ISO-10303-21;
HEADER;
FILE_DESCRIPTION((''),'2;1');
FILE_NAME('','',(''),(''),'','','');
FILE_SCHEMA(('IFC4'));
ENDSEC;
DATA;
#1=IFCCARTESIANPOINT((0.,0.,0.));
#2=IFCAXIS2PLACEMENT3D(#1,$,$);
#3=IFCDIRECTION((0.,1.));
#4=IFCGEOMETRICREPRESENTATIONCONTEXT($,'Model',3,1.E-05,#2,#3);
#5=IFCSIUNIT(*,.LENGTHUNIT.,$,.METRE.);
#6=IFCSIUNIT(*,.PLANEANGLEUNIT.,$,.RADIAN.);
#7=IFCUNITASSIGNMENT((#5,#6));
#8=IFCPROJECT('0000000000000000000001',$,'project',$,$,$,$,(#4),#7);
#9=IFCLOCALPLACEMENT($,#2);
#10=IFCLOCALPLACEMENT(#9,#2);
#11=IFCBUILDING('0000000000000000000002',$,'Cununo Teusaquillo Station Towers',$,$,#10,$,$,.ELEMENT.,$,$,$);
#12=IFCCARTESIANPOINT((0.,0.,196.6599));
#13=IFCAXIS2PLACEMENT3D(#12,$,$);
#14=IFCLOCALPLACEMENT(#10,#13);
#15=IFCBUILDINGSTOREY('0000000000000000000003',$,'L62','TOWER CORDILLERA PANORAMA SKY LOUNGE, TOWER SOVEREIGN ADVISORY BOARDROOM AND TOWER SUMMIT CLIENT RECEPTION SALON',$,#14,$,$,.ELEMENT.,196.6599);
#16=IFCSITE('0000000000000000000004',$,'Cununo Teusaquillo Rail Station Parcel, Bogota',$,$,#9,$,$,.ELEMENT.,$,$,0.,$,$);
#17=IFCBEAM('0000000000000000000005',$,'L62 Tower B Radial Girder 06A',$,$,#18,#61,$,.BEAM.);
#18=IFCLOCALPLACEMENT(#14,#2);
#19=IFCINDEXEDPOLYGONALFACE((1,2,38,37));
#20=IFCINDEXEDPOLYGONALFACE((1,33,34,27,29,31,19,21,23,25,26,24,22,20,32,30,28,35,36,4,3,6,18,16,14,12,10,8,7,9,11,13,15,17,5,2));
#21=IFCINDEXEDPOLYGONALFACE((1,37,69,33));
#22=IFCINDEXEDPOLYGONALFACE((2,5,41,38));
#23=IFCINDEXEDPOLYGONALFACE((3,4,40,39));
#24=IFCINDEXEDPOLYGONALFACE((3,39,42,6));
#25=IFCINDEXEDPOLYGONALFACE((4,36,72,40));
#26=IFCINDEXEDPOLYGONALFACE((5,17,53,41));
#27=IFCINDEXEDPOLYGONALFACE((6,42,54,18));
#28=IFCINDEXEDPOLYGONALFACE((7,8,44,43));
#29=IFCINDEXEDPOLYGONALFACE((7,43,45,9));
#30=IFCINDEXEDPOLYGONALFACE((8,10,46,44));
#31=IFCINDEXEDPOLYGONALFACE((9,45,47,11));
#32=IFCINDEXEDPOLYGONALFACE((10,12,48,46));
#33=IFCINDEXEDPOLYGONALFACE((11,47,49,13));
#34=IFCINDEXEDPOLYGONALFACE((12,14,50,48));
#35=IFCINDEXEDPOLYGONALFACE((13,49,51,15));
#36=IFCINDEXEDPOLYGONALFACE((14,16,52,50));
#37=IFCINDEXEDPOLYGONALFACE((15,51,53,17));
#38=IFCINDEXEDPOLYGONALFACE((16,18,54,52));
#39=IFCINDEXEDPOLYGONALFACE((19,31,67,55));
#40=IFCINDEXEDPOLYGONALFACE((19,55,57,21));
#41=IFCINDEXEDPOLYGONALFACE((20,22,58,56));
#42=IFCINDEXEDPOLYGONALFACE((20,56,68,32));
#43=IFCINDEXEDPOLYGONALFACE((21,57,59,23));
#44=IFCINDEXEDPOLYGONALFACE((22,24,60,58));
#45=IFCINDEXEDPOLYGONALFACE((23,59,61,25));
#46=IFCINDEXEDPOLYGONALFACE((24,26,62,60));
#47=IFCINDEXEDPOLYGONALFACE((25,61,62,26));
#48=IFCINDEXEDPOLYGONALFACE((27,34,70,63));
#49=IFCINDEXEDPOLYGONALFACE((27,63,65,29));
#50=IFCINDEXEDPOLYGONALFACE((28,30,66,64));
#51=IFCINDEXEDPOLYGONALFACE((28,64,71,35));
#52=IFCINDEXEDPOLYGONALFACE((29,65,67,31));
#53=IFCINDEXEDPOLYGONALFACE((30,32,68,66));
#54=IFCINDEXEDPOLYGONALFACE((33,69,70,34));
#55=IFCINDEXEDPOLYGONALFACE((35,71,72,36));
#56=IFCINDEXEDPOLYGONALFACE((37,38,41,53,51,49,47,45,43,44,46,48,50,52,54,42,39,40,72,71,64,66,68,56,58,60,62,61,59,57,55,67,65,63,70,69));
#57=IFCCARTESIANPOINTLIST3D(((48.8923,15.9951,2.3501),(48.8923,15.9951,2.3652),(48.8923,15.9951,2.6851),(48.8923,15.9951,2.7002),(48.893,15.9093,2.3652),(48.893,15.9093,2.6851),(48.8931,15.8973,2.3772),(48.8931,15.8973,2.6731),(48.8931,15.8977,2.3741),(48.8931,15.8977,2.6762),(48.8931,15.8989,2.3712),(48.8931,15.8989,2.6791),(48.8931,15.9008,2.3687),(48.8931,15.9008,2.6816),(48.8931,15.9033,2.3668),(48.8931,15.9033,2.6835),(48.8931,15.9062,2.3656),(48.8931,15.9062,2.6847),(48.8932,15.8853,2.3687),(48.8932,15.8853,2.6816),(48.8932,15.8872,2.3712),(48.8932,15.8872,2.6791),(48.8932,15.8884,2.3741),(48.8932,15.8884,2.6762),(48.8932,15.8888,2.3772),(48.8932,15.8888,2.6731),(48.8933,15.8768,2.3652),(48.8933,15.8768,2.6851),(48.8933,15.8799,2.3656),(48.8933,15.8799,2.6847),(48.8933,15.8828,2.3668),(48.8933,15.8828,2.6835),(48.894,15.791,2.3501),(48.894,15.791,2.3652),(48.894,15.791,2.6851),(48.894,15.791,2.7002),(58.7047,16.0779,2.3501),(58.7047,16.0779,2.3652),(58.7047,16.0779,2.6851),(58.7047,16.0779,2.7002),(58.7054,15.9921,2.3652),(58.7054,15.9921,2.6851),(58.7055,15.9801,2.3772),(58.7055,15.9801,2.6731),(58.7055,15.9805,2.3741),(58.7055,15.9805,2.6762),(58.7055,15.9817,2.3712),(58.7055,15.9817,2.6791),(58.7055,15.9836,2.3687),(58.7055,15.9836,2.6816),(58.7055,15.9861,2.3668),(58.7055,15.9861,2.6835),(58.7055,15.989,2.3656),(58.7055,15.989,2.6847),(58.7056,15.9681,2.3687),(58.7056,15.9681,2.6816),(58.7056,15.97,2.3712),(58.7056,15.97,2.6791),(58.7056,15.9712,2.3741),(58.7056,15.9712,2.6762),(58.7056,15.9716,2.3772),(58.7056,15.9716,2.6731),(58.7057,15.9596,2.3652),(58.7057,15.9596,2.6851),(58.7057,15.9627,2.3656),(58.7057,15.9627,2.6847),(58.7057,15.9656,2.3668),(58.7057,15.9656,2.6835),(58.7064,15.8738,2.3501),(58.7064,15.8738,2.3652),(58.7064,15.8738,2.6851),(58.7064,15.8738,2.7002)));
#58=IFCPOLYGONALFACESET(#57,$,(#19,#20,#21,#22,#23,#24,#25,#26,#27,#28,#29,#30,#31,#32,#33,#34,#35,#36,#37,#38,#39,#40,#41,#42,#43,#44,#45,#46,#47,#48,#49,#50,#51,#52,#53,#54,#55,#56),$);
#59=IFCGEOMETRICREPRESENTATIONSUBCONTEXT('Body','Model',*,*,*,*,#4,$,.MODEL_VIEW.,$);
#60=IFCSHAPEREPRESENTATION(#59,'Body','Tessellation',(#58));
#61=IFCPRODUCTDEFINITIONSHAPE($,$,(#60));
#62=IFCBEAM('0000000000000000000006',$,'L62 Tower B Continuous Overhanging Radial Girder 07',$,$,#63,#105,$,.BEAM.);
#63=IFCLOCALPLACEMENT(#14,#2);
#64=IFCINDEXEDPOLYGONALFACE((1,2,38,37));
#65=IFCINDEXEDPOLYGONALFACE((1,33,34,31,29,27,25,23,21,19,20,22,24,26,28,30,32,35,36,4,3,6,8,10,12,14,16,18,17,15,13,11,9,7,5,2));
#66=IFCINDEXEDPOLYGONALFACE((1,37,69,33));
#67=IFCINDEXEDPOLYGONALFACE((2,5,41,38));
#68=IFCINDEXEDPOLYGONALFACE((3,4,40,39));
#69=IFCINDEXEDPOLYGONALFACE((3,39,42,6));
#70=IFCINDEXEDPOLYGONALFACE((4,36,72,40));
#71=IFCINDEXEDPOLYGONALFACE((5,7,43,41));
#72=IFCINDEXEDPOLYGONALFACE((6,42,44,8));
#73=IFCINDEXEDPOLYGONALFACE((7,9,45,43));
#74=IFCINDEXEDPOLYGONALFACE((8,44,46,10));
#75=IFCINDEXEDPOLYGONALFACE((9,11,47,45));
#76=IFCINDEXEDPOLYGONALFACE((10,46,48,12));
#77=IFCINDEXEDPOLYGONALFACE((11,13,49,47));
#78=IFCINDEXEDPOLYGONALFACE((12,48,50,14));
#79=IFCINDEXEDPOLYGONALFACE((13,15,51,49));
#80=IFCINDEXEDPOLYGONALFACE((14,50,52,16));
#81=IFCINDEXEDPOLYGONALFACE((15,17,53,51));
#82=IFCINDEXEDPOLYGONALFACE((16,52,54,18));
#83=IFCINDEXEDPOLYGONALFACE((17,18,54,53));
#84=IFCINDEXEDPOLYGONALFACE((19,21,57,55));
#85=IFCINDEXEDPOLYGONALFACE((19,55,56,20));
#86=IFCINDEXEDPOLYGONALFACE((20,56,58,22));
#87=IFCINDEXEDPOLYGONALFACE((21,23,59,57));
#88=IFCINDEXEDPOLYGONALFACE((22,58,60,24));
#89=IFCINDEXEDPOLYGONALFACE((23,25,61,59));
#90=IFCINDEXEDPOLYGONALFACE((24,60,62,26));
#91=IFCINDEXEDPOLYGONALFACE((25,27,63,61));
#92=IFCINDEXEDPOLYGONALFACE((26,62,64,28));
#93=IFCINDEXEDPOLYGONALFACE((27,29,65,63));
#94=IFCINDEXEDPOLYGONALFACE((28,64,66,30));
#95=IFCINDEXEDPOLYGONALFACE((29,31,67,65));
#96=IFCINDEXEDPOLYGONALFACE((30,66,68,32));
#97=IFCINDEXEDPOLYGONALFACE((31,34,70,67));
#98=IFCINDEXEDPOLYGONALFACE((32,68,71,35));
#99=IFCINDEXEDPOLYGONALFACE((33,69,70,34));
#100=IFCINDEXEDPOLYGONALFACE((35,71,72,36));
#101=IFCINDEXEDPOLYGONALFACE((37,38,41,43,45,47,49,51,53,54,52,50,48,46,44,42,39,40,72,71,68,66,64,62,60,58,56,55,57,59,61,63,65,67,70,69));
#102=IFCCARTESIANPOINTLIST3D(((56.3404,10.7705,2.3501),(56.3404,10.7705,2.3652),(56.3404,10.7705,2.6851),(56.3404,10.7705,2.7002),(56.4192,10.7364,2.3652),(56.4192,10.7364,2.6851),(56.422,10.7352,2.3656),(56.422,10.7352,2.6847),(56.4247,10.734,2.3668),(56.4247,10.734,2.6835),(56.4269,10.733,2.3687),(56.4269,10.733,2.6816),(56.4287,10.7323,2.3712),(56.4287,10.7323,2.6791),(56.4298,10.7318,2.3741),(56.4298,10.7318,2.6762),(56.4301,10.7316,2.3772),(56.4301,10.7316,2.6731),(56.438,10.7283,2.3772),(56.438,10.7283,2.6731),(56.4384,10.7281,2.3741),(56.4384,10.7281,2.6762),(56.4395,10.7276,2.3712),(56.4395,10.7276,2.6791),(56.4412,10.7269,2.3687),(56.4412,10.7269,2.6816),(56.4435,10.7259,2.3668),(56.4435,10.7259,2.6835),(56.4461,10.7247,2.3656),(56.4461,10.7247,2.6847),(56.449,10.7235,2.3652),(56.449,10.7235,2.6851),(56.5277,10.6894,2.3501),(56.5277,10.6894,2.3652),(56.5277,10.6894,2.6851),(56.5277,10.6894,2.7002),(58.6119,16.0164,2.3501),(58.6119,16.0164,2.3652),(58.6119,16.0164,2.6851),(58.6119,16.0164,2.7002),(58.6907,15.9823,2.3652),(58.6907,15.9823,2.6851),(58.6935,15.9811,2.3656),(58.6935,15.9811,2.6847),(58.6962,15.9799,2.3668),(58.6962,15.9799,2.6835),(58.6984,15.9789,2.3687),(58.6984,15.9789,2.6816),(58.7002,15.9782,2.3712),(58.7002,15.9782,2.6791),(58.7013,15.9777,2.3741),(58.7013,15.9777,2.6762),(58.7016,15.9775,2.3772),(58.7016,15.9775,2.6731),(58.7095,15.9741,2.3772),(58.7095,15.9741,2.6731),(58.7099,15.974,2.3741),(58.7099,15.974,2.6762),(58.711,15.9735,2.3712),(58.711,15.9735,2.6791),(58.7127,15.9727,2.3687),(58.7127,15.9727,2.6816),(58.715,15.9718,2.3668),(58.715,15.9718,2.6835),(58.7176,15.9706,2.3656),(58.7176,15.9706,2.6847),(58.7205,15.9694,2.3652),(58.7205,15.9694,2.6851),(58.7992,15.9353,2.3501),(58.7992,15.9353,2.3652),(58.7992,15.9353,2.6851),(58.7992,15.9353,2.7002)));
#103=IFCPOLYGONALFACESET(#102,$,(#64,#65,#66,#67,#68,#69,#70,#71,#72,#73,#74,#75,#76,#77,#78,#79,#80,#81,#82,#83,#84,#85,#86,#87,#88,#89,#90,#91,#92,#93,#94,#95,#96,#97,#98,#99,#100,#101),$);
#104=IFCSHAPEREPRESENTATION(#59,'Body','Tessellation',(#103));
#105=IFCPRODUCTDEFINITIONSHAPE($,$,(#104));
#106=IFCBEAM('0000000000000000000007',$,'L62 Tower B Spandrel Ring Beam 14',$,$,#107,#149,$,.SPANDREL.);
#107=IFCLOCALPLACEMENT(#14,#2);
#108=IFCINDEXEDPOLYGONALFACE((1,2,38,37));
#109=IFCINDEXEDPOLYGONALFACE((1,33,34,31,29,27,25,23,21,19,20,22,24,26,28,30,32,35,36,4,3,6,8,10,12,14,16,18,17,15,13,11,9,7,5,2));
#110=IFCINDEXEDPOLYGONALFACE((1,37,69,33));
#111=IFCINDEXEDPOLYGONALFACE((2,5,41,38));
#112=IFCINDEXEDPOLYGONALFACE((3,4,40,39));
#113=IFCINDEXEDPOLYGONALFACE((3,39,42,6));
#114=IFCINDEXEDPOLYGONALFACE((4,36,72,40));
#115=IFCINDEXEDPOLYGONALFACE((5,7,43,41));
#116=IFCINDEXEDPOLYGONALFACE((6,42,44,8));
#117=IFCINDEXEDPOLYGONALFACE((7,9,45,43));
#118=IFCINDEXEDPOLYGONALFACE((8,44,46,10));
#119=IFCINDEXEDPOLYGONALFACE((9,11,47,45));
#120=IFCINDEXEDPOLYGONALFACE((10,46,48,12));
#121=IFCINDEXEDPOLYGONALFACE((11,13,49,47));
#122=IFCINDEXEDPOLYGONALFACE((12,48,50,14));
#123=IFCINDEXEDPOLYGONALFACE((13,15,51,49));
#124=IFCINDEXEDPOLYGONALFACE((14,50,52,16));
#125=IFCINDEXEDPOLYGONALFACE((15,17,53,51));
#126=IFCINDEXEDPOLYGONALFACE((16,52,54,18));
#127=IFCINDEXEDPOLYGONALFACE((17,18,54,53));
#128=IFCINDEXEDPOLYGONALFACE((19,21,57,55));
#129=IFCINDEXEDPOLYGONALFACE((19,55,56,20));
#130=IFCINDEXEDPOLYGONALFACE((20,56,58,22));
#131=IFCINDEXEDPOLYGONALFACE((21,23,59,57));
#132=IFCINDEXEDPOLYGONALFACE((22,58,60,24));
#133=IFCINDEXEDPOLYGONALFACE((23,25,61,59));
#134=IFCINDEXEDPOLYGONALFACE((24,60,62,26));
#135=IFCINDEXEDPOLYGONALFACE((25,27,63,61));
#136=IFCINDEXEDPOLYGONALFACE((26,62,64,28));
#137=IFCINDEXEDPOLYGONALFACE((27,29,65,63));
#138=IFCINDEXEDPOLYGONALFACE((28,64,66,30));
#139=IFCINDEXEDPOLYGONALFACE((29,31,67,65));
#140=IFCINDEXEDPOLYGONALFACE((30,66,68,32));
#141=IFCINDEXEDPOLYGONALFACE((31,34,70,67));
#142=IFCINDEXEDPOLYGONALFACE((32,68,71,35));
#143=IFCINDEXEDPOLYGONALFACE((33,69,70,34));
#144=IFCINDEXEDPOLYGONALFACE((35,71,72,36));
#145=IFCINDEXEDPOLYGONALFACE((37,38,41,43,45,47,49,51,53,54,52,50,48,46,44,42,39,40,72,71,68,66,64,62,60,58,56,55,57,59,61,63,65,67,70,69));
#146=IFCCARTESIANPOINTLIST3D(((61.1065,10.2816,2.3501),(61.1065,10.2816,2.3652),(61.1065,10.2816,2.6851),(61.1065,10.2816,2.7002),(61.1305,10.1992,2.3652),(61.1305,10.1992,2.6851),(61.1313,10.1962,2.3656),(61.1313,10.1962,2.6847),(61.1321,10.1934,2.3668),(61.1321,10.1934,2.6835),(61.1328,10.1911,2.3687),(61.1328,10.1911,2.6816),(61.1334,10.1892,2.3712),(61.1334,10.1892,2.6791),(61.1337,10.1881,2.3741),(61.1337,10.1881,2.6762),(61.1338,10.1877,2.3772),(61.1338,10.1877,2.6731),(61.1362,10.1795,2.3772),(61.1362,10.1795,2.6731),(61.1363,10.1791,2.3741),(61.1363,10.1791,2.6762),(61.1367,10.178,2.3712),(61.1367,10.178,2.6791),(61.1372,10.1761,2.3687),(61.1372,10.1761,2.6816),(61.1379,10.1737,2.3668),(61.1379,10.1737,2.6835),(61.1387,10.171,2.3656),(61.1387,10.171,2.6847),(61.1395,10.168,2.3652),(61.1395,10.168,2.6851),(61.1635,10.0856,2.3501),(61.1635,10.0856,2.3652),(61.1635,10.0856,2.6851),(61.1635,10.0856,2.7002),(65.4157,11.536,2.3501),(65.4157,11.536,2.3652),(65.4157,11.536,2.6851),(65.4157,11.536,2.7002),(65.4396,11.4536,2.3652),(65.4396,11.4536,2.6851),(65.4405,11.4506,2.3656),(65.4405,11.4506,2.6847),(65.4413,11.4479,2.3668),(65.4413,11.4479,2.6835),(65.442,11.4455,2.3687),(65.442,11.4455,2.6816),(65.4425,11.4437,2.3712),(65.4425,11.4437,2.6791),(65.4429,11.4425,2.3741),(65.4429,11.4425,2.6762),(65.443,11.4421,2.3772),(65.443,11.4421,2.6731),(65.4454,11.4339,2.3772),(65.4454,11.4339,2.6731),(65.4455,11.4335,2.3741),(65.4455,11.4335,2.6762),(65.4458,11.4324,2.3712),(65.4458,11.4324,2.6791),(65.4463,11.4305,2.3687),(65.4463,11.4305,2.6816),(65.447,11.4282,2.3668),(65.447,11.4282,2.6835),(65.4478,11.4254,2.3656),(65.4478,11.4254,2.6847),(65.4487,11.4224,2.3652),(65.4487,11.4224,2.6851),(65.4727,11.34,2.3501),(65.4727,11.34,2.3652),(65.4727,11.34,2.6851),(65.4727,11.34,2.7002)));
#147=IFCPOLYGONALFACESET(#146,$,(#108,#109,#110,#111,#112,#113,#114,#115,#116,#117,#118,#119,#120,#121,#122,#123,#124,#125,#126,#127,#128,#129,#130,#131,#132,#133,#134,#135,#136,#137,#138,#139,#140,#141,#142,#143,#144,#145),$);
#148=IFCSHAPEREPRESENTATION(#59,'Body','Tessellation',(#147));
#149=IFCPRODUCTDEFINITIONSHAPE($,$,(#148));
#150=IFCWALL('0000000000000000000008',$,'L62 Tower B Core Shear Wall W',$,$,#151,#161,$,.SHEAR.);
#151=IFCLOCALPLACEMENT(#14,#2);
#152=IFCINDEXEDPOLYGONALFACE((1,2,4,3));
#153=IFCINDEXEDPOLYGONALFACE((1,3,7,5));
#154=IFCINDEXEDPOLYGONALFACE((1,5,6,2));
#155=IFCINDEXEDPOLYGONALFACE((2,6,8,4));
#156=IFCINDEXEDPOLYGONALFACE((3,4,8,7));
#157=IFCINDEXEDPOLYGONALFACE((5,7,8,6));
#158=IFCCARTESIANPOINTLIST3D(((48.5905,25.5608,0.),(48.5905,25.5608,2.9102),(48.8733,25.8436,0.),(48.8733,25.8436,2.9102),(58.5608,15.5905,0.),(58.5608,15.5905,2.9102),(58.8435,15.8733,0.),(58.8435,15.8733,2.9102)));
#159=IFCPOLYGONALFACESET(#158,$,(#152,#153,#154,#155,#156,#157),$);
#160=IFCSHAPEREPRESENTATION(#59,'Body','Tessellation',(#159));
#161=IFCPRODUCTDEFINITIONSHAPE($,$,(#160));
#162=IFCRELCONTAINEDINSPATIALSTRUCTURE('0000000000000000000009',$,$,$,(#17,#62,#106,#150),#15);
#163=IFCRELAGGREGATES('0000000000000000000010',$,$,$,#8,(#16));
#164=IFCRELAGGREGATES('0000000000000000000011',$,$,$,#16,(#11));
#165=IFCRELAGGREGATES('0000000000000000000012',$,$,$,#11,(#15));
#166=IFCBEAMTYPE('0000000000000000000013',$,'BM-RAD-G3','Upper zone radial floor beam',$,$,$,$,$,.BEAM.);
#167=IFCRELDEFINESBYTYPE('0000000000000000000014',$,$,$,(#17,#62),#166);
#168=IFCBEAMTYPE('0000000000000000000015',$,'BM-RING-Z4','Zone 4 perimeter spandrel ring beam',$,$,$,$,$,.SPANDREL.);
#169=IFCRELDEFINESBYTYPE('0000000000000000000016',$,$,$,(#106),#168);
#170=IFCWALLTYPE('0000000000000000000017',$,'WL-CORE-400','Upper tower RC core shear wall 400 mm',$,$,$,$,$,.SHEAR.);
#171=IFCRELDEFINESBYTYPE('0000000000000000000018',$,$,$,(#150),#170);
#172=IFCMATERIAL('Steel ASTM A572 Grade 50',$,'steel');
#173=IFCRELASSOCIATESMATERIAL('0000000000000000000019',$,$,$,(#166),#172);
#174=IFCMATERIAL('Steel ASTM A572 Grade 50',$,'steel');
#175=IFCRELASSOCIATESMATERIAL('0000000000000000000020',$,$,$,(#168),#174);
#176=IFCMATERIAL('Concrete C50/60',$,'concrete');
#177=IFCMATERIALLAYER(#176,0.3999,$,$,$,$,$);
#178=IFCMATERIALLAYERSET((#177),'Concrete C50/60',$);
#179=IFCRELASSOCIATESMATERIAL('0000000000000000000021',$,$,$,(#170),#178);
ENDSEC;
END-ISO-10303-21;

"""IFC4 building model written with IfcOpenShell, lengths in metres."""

from ifc_helpers import new_model, si_unit, direction, frame, frame_2d, origin, origin_2d, place, context, subcontext, project, spatial, rectangle, i_section, extrude, material, layer, layer_set, material_profile, profile_set, type_object, element, save


model = new_model("IFC4")

# Units and contexts
model_context = context("Model", 3, precision=1e-05, world=origin(), true_north=direction((0.0, 1.0)))
body_context = subcontext(model_context, "Body", "Model", "MODEL_VIEW")
ifc_project = project(units=[si_unit("LENGTHUNIT", "METRE"), si_unit("PLANEANGLEUNIT", "RADIAN")], contexts=[model_context])

# Site, building, storey
site_placement = place(None, origin())
site = spatial("IfcSite", under=ifc_project, at=site_placement, Name="Cununo Teusaquillo Rail Station Parcel, Bogota", CompositionType="ELEMENT", RefElevation=0.0)
building_placement = place(site_placement, origin())
building = spatial("IfcBuilding", under=site, at=building_placement, Name="Cununo Teusaquillo Station Towers", CompositionType="ELEMENT")
storey_placement = place(building_placement, frame((0.0, 0.0, 196.6599)))
storey = spatial("IfcBuildingStorey", under=building, at=storey_placement, Name="L62", Description="TOWER CORDILLERA PANORAMA SKY LOUNGE, TOWER SOVEREIGN ADVISORY BOARDROOM AND TOWER SUMMIT CLIENT RECEPTION SALON", CompositionType="ELEMENT", Elevation=196.6599)

# Beams
ifc_material_1 = material(Name="Steel ASTM A572 Grade 50", Category="steel")
ifc_material_profile_1 = material_profile(ifc_material_1, i_section(OverallWidth=0.2041, OverallDepth=0.3501, WebThickness=0.0085, FlangeThickness=0.0151, FilletRadius=0.012, at=origin_2d()), Name="W14X48")
ifc_profile_set_1 = profile_set([ifc_material_profile_1], Name="Steel ASTM A572 Grade 50")
beam_type_1 = type_object("IfcBeamType", Name="BM-RAD-G3", Description="Upper zone radial floor beam", PredefinedType="BEAM", material=ifc_profile_set_1)
beam_1_placement = place(storey_placement, frame((58.7056, 15.9758, 2.5251), z_axis=(-0.999964, -0.008434, 0.0), x_axis=(0.008434, -0.999964, 0.0)))
element("IfcBeam", 1, at=beam_1_placement, inside=storey, type_object=beam_type_1, Name="L62 Tower B Radial Girder 06A", PredefinedType="BEAM", context=body_context, shape_type="SweptSolid", body=[
    extrude(i_section(OverallWidth=0.2041, OverallDepth=0.3501, WebThickness=0.0085, FlangeThickness=0.0151, FilletRadius=0.012, at=origin_2d()), origin(), (0.0, 0.0, 1.0), 9.8127),
])
beam_2_placement = place(storey_placement, frame((58.7056, 15.9758, 2.5251), z_axis=(-0.397355, -0.917665, 0.0), x_axis=(0.917665, -0.397355, 0.0)))
element("IfcBeam", 2, at=beam_2_placement, inside=storey, type_object=beam_type_1, Name="L62 Tower B Continuous Overhanging Radial Girder 07", PredefinedType="BEAM", context=body_context, shape_type="SweptSolid", body=[
    extrude(i_section(OverallWidth=0.2041, OverallDepth=0.3501, WebThickness=0.0085, FlangeThickness=0.0151, FilletRadius=0.012, at=origin_2d()), origin(), (0.0, 0.0, 1.0), 5.7166),
])
ifc_material_2 = material(Name="Steel ASTM A572 Grade 50", Category="steel")
ifc_material_profile_2 = material_profile(ifc_material_2, i_section(OverallWidth=0.2041, OverallDepth=0.3501, WebThickness=0.0085, FlangeThickness=0.0151, FilletRadius=0.012, at=origin_2d()), Name="W14X48")
ifc_profile_set_2 = profile_set([ifc_material_profile_2], Name="Steel ASTM A572 Grade 50")
beam_type_2 = type_object("IfcBeamType", Name="BM-RING-Z4", Description="Zone 4 perimeter spandrel ring beam", PredefinedType="SPANDREL", material=ifc_profile_set_2)
beam_3_placement = place(storey_placement, frame((61.135, 10.1836, 2.5251), z_axis=(0.960145, 0.279503, 0.0), x_axis=(-0.279503, 0.960145, 0.0)))
element("IfcBeam", 3, at=beam_3_placement, inside=storey, type_object=beam_type_2, Name="L62 Tower B Spandrel Ring Beam 14", PredefinedType="SPANDREL", context=body_context, shape_type="SweptSolid", body=[
    extrude(i_section(OverallWidth=0.2041, OverallDepth=0.3501, WebThickness=0.0085, FlangeThickness=0.0151, FilletRadius=0.012, at=origin_2d()), origin(), (0.0, 0.0, 1.0), 4.488),
])

# Wall
ifc_material_3 = material(Name="Concrete C50/60", Category="concrete")
ifc_layer_1 = layer(ifc_material_3, 0.3999)
ifc_layer_set_1 = layer_set([ifc_layer_1], Name="Concrete C50/60")
wall_type_1 = type_object("IfcWallType", Name="WL-CORE-400", Description="Upper tower RC core shear wall 400 mm", PredefinedType="SHEAR", material=ifc_layer_set_1)
wall_1_placement = place(storey_placement, frame((58.7021, 15.7319, 0.0), z_axis=(0.0, 0.0, 1.0), x_axis=(-0.707107, 0.707107, 0.0)))
element("IfcWall", 4, at=wall_1_placement, inside=storey, type_object=wall_type_1, Name="L62 Tower B Core Shear Wall W", PredefinedType="SHEAR", context=body_context, shape_type="SweptSolid", body=[
    extrude(rectangle(XDim=14.1001, YDim=0.3999, at=frame_2d((7.05, 0.0))), origin(), (0.0, 0.0, 1.0), 2.9102),
])

save(model, "model.ifc")
